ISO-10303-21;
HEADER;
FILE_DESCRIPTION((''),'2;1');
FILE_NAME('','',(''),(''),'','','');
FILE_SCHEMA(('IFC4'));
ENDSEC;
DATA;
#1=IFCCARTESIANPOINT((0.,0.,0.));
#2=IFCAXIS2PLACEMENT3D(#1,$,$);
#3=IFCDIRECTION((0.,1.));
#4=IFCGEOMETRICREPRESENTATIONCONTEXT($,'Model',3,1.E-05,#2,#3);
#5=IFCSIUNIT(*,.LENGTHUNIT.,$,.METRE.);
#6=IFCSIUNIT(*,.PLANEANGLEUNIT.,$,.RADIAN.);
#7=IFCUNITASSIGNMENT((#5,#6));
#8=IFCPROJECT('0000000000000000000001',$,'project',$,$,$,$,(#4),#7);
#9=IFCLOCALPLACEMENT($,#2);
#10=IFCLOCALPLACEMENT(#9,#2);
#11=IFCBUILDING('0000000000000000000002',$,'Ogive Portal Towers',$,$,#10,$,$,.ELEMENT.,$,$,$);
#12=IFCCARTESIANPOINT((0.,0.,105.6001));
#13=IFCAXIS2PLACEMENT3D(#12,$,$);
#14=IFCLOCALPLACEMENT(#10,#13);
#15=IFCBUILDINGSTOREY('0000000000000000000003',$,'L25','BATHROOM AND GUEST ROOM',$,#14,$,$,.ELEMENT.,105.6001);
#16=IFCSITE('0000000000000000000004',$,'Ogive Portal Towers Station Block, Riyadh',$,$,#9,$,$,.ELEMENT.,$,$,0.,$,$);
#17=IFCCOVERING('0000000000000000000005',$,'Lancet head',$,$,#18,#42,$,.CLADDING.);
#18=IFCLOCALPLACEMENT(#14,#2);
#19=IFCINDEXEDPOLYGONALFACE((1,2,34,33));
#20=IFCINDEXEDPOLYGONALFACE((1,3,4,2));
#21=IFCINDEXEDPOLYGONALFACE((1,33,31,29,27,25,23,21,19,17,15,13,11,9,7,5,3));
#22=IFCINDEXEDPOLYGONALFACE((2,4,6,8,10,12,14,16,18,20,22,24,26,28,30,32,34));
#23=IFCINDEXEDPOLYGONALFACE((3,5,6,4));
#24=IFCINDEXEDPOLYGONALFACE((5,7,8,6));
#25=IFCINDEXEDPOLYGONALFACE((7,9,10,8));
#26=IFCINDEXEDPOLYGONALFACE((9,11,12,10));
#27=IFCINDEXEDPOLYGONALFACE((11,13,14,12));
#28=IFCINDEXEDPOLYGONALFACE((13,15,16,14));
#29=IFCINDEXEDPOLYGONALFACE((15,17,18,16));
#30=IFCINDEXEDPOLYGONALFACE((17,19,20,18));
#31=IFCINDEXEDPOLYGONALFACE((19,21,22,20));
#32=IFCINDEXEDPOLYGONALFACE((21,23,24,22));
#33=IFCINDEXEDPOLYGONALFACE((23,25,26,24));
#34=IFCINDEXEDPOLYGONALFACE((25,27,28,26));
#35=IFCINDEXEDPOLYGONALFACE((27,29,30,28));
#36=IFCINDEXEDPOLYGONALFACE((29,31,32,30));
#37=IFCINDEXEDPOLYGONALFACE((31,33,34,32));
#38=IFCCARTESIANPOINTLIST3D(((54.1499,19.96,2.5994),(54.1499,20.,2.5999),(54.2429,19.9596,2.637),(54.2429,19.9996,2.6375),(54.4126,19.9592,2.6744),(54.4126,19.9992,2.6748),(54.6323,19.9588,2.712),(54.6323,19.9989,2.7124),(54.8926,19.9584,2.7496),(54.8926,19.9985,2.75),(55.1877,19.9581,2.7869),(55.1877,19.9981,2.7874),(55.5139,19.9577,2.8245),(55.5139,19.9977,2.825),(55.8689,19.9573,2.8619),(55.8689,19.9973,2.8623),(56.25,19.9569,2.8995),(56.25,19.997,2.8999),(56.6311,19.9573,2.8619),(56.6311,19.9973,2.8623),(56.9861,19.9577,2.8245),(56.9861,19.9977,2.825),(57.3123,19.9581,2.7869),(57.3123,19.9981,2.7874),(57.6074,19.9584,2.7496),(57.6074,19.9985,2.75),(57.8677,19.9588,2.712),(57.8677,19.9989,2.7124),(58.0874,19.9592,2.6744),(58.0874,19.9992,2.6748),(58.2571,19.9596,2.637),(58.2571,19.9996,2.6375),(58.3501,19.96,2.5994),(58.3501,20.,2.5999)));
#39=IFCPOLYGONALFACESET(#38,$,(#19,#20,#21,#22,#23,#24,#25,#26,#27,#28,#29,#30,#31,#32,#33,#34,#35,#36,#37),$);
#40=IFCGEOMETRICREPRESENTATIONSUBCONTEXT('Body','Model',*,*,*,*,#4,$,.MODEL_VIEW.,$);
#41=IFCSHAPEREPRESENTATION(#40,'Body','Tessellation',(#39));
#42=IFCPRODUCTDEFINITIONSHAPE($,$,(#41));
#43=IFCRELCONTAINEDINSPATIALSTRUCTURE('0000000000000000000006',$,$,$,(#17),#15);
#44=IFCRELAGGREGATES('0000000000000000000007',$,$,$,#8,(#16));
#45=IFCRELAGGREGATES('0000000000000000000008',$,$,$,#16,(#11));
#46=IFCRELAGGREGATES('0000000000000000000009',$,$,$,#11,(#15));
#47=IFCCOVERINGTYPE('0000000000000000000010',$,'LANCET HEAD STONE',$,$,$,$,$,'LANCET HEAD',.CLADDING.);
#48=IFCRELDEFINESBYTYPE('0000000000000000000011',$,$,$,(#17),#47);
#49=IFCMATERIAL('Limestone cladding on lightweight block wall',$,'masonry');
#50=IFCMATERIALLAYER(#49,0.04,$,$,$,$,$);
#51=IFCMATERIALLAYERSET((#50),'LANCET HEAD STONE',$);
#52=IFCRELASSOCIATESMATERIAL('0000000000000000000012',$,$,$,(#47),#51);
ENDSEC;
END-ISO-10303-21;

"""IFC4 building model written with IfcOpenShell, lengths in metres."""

from ifc_helpers import new_model, si_unit, direction, frame, origin, place, context, subcontext, project, spatial, polyline, outline, extrude, material, layer, layer_set, type_object, element, save


model = new_model("IFC4")

# Units and contexts
model_context = context("Model", 3, precision=1e-05, world=origin(), true_north=direction((0.0, 1.0)))
body_context = subcontext(model_context, "Body", "Model", "MODEL_VIEW")
ifc_project = project(units=[si_unit("LENGTHUNIT", "METRE"), si_unit("PLANEANGLEUNIT", "RADIAN")], contexts=[model_context])

# Site, building, storey
site_placement = place(None, origin())
site = spatial("IfcSite", under=ifc_project, at=site_placement, Name="Ogive Portal Towers Station Block, Riyadh", CompositionType="ELEMENT", RefElevation=0.0)
building_placement = place(site_placement, origin())
building = spatial("IfcBuilding", under=site, at=building_placement, Name="Ogive Portal Towers", CompositionType="ELEMENT")
storey_placement = place(building_placement, frame((0.0, 0.0, 105.6001)))
storey = spatial("IfcBuildingStorey", under=building, at=storey_placement, Name="L25", Description="BATHROOM AND GUEST ROOM", CompositionType="ELEMENT", Elevation=105.6001)

# Covering
ifc_material_1 = material(Name="Limestone cladding on lightweight block wall", Category="masonry")
ifc_layer_1 = layer(ifc_material_1, 0.04)
ifc_layer_set_1 = layer_set([ifc_layer_1], Name="LANCET HEAD STONE")
covering_type = type_object("IfcCoveringType", Name="LANCET HEAD STONE", ElementType="LANCET HEAD", PredefinedType="CLADDING", material=ifc_layer_set_1)
for number, where, z_axis, x_axis, name in (
    (1, (54.1499, 20.0, 2.5999), (0.0, 0.999949, 0.010103), (1.0, 0.0, 0.0), "Lancet head"),
):
    element("IfcCovering", number, at=place(storey_placement, frame(where, z_axis=z_axis, x_axis=x_axis)), inside=storey, type_object=covering_type, Name=name, PredefinedType="CLADDING", context=body_context, shape_type="SweptSolid", body=[
        extrude(outline(polyline([(0.0, 0.0), (4.2002, 0.0), (4.1072, -0.0376), (3.9375, -0.075), (3.7178, -0.1126), (3.4575, -0.1502), (3.1624, -0.1875), (2.8362, -0.2251), (2.4812, -0.2625), (2.1001, -0.3001), (1.719, -0.2625), (1.364, -0.2251), (1.0378, -0.1875), (0.7427, -0.1502), (0.4824, -0.1126), (0.2627, -0.075), (0.093, -0.0376), (0.0, 0.0)])), origin(), (0.0, 0.0, -1.0), 0.04),
    ])

save(model, "model.ifc")
